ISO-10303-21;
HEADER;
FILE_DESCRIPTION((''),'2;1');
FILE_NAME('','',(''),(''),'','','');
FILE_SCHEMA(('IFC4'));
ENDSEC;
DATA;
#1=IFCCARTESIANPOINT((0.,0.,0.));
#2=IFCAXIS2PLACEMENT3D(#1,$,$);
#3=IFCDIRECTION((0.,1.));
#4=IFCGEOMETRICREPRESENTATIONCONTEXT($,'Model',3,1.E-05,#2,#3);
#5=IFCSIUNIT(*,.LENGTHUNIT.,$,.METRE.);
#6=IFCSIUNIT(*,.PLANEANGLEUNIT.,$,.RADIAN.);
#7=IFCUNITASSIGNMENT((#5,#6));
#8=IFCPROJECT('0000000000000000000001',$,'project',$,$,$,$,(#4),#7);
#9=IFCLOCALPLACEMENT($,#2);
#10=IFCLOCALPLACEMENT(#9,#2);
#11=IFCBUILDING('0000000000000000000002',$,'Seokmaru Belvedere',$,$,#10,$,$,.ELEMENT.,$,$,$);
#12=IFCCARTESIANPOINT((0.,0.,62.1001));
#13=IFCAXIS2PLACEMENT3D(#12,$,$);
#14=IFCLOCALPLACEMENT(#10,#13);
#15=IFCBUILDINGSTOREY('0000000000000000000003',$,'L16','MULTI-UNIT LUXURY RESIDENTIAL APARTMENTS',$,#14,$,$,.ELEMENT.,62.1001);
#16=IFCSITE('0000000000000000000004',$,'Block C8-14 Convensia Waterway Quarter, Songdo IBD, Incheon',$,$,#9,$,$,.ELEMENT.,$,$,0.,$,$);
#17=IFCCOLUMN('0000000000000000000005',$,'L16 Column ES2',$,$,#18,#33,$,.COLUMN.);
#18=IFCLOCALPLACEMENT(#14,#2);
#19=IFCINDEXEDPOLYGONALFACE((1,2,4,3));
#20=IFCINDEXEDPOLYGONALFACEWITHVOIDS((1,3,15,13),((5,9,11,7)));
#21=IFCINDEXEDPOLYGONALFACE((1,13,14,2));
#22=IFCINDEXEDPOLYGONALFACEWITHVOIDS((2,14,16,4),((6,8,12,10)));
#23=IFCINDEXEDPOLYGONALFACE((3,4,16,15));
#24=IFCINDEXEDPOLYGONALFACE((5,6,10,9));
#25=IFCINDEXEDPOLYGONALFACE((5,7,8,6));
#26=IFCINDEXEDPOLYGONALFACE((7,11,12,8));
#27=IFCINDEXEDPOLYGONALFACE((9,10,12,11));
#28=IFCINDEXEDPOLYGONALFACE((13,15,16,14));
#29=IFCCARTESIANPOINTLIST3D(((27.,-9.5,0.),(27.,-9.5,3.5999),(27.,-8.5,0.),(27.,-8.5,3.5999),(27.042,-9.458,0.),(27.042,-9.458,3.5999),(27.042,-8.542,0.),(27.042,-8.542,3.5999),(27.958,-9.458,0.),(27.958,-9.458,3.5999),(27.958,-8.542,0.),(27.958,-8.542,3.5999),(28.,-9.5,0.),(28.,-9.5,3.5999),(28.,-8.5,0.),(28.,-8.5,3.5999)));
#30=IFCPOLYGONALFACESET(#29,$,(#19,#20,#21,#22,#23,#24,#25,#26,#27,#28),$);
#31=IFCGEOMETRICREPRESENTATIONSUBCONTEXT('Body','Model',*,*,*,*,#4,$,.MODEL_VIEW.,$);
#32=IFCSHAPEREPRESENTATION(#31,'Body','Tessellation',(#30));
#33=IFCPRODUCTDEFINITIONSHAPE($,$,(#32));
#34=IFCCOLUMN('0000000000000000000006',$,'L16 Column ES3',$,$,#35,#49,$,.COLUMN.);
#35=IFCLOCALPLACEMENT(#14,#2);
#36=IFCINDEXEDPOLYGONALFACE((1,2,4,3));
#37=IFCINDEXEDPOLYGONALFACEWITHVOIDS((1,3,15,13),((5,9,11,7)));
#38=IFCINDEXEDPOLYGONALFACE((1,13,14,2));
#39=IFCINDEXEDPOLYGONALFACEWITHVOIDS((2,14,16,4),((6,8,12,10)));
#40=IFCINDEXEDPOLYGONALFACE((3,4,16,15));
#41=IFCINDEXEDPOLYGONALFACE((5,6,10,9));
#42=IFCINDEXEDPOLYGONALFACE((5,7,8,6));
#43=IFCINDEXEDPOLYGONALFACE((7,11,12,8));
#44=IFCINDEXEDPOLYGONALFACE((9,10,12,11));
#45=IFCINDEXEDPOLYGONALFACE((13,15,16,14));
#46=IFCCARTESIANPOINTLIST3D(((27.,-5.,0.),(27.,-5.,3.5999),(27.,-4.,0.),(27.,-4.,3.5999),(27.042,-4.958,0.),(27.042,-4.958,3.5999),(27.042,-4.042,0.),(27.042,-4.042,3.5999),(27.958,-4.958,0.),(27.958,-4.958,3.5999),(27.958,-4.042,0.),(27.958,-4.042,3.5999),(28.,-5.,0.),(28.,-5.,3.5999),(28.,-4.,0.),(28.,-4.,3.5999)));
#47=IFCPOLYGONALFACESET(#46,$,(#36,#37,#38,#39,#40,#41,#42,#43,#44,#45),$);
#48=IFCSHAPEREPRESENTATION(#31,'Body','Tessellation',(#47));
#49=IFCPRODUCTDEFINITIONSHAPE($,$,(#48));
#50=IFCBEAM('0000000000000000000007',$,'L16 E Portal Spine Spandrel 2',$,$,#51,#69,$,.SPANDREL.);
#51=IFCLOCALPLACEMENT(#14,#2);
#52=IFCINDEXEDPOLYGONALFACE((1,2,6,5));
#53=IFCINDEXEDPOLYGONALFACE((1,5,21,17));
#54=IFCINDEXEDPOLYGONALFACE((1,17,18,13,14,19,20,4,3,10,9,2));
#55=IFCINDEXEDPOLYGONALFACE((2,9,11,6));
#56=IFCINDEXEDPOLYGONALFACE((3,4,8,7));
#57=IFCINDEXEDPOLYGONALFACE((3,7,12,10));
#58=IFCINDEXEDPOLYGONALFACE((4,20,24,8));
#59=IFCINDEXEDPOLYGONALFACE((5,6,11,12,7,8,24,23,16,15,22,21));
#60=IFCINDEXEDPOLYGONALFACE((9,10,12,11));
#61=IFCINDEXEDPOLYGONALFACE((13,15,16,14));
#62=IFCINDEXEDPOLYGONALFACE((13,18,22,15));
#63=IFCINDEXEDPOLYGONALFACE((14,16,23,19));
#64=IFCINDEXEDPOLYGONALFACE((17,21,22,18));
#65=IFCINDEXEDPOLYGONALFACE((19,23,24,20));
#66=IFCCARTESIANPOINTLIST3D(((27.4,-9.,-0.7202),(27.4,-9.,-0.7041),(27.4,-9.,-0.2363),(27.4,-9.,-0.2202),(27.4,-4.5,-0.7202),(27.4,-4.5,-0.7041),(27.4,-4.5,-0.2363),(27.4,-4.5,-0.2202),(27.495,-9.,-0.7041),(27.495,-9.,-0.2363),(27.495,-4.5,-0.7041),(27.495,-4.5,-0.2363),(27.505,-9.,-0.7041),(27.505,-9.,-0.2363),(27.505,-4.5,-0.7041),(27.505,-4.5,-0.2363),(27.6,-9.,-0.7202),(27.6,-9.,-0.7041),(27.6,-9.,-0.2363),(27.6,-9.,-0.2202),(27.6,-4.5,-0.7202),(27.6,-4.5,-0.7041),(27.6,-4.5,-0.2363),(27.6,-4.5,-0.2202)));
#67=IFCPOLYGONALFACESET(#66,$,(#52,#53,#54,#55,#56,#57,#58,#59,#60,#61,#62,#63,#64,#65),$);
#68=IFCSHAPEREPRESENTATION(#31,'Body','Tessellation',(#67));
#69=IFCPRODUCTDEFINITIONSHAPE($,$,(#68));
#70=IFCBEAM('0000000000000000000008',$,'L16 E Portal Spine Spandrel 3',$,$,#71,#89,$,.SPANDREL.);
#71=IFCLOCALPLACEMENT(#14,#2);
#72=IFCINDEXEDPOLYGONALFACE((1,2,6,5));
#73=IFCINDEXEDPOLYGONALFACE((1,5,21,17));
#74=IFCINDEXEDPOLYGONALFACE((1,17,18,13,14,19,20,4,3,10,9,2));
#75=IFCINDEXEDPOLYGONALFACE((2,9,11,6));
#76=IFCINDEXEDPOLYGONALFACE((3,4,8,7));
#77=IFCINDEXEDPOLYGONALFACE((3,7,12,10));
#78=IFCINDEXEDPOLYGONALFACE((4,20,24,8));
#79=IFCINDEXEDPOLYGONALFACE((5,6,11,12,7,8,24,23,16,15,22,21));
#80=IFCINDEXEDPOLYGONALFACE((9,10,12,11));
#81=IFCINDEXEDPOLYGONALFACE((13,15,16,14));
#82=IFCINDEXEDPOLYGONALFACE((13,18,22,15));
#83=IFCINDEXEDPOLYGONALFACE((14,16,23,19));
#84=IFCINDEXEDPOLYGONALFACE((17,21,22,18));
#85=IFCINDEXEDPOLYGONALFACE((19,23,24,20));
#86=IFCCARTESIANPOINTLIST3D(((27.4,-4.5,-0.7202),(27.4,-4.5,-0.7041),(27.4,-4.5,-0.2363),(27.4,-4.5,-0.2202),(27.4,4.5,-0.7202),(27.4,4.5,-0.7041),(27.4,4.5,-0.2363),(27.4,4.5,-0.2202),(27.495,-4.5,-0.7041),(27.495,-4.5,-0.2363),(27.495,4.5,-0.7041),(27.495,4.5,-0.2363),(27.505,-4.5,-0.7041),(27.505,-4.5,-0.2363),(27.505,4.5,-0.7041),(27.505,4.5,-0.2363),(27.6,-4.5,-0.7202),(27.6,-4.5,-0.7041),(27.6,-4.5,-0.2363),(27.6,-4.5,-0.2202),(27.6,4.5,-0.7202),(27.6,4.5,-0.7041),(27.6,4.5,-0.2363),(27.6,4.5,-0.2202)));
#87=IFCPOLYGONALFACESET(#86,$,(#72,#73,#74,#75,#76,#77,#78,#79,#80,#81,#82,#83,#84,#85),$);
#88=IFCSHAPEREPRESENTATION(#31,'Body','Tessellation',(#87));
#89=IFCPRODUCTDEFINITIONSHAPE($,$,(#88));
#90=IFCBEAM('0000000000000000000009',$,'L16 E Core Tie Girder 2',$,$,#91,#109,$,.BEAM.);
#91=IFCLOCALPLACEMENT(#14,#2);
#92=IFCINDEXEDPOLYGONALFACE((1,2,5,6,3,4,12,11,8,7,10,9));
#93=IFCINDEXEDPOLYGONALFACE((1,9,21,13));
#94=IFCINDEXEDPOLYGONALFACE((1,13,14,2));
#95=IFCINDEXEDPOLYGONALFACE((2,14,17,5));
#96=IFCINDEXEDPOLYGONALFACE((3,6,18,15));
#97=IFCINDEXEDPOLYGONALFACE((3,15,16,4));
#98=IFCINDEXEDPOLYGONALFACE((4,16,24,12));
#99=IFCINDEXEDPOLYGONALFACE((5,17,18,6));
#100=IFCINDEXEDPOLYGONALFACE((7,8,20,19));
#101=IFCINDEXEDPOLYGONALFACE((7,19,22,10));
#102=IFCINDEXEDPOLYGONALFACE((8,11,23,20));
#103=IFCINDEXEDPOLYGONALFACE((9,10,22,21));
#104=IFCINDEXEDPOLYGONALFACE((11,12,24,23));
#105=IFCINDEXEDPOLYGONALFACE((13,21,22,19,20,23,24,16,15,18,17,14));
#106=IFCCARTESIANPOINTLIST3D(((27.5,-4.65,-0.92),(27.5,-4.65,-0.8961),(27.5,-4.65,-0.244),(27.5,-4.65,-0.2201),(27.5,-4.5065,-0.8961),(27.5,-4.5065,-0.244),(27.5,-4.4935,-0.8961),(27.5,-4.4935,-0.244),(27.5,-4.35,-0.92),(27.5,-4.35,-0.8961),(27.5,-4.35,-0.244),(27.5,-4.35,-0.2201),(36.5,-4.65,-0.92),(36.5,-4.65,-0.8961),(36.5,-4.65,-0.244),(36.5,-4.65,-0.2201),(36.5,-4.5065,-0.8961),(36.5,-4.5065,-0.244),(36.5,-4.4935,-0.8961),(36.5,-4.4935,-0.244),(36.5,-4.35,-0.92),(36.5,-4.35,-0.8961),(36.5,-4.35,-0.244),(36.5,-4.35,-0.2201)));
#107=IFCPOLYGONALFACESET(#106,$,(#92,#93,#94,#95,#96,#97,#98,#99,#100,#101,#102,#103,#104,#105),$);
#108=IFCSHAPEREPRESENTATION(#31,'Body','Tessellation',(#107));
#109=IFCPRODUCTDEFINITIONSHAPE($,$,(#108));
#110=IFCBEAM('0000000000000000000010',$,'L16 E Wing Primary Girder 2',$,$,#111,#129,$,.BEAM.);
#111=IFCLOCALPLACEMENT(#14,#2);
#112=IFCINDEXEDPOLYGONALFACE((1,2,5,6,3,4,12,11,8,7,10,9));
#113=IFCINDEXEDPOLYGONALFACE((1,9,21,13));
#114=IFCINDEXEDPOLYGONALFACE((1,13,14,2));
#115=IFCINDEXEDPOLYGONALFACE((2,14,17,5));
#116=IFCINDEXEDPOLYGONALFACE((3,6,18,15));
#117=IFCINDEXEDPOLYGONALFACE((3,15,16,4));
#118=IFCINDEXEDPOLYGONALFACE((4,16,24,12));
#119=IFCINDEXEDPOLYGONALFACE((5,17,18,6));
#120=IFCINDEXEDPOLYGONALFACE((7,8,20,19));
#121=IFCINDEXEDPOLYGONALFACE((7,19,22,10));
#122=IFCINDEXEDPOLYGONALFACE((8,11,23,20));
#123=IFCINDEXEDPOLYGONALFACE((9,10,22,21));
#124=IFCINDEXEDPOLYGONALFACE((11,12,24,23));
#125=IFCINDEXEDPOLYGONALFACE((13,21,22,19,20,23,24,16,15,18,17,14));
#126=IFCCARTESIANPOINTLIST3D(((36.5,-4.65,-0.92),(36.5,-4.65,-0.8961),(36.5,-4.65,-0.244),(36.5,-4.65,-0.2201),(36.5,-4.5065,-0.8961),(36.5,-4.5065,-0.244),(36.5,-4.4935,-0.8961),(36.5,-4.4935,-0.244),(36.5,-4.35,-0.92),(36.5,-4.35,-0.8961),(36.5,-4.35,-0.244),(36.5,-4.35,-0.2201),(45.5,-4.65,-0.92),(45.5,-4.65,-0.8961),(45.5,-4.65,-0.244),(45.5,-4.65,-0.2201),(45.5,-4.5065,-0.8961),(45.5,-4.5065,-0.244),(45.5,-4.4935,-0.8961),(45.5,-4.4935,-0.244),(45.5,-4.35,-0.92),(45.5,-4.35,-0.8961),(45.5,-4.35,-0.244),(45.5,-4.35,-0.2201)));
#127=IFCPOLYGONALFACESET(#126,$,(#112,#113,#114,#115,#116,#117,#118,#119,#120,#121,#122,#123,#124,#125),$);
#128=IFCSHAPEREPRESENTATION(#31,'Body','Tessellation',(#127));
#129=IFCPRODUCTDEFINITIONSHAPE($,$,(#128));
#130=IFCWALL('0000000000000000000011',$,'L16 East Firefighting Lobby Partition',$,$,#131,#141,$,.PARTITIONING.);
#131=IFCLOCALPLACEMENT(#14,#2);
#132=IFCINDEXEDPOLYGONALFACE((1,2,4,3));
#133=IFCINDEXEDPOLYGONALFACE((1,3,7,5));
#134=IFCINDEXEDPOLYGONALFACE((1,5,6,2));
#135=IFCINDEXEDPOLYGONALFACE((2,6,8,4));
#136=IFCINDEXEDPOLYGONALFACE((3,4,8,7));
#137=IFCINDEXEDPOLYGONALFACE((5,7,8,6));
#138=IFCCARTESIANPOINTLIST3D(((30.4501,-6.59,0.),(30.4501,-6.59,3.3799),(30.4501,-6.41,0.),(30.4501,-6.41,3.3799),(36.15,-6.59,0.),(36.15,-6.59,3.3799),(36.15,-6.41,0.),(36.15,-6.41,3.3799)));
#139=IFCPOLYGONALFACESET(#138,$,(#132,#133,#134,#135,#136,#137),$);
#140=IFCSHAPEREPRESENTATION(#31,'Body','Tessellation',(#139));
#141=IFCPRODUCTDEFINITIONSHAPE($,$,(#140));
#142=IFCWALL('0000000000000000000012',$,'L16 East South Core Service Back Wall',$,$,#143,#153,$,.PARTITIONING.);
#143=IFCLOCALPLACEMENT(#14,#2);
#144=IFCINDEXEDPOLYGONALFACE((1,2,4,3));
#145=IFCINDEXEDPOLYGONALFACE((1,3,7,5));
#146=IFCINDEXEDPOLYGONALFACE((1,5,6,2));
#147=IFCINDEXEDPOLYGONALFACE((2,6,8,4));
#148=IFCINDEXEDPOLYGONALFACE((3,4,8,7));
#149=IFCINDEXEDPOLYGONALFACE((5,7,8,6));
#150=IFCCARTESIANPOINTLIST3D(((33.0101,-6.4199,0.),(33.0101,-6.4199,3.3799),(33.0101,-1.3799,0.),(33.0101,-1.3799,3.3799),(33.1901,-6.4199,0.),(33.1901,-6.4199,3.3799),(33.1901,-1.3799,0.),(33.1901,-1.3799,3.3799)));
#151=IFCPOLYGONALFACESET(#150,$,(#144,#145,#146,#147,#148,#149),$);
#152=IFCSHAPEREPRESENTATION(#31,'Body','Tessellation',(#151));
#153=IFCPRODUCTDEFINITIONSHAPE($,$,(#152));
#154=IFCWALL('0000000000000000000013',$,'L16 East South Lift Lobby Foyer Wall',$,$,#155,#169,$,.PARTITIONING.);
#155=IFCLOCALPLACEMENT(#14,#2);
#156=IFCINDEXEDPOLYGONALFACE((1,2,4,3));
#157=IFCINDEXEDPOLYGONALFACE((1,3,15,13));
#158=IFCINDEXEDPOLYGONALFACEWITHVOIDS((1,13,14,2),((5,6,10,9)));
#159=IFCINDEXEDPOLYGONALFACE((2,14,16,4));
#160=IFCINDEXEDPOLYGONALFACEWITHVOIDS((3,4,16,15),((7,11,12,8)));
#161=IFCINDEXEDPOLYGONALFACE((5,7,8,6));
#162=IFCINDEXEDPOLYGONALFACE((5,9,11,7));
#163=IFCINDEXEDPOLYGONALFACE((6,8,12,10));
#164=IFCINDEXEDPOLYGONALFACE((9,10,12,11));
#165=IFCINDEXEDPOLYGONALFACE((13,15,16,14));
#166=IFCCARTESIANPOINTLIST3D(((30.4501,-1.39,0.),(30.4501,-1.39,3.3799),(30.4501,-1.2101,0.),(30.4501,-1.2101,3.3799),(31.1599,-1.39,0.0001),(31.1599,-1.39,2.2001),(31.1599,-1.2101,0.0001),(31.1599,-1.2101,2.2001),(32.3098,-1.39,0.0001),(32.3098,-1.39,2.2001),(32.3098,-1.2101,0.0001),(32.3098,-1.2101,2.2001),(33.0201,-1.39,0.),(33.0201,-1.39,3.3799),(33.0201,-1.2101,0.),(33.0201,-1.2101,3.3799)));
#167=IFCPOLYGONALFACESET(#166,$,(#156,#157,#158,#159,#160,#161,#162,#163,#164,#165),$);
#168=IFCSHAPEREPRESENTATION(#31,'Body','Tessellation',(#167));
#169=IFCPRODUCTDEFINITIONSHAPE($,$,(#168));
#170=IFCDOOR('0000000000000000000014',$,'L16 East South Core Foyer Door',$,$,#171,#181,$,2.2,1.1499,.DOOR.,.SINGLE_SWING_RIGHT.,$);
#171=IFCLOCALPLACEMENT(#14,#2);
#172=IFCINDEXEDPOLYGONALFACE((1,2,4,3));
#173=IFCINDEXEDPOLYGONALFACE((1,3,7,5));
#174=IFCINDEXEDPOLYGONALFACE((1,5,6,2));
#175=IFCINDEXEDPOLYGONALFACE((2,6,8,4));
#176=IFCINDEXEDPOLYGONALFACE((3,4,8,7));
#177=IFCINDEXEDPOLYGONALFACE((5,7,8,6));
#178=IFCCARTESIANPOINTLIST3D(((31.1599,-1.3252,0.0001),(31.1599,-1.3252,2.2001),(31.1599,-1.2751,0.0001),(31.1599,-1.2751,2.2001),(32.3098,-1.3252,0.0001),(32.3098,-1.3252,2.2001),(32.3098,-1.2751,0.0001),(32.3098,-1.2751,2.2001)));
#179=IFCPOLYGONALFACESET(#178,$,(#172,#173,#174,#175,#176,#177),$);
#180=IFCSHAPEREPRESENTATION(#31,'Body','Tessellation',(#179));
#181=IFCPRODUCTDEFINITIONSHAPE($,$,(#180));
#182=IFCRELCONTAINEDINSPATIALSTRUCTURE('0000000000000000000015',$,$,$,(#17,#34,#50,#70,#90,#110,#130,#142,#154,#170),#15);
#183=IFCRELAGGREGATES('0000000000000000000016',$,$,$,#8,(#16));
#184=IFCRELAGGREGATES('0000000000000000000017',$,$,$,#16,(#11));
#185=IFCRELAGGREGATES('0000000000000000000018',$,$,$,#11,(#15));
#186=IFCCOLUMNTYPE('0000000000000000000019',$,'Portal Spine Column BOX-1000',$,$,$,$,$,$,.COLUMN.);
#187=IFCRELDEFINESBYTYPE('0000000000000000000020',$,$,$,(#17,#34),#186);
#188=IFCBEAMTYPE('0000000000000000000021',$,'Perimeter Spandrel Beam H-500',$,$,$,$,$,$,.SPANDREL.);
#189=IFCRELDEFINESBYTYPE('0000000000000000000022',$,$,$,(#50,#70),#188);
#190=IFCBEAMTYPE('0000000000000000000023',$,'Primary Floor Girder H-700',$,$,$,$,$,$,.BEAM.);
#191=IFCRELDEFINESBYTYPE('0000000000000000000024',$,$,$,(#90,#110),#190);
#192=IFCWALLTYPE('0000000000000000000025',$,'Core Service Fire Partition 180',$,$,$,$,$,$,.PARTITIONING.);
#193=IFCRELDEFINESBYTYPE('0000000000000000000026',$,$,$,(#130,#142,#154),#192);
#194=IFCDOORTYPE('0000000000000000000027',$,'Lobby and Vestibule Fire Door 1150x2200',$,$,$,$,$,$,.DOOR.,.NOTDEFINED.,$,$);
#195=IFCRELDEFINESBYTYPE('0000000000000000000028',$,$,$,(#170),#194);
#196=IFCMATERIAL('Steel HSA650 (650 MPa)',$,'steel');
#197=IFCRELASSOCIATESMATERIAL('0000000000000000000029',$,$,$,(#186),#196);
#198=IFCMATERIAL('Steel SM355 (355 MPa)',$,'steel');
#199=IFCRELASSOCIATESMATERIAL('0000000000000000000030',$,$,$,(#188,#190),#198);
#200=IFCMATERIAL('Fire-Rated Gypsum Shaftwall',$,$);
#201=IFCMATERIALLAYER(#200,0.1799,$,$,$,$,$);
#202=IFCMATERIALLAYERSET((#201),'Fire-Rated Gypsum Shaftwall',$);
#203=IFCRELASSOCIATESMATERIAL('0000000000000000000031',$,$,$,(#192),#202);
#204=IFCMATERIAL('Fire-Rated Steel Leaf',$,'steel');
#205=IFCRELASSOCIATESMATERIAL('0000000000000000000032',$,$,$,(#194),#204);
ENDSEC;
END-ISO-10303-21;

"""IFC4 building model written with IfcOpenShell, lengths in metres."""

from ifc_helpers import new_model, si_unit, direction, frame, frame_2d, origin, origin_2d, place, context, subcontext, project, spatial, rectangle, hollow_rectangle, i_section, extrude, source, transform, mapped, material, layer, layer_set, material_profile, profile_set, type_object, type_shapes, element, fill, save


model = new_model("IFC4")

# Units and contexts
model_context = context("Model", 3, precision=1e-05, world=origin(), true_north=direction((0.0, 1.0)))
body_context = subcontext(model_context, "Body", "Model", "MODEL_VIEW")
ifc_project = project(units=[si_unit("LENGTHUNIT", "METRE"), si_unit("PLANEANGLEUNIT", "RADIAN")], contexts=[model_context])

# Site, building, storey
site_placement = place(None, origin())
site = spatial("IfcSite", under=ifc_project, at=site_placement, Name="Block C8-14 Convensia Waterway Quarter, Songdo IBD, Incheon", CompositionType="ELEMENT", RefElevation=0.0)
building_placement = place(site_placement, origin())
building = spatial("IfcBuilding", under=site, at=building_placement, Name="Seokmaru Belvedere", CompositionType="ELEMENT")
storey_placement = place(building_placement, frame((0.0, 0.0, 62.1001)))
storey = spatial("IfcBuildingStorey", under=building, at=storey_placement, Name="L16", Description="MULTI-UNIT LUXURY RESIDENTIAL APARTMENTS", CompositionType="ELEMENT", Elevation=62.1001)

# Columns
ifc_material_1 = material(Name="Steel HSA650 (650 MPa)", Category="steel")
ifc_material_profile_1 = material_profile(ifc_material_1, hollow_rectangle(XDim=1.0, YDim=1.0, WallThickness=0.042, at=origin_2d()), Name="BOX-1000x1000x42")
ifc_profile_set_1 = profile_set([ifc_material_profile_1], Name="Steel HSA650 (650 MPa)")
column_type = type_object("IfcColumnType", Name="Portal Spine Column BOX-1000", PredefinedType="COLUMN", material=ifc_profile_set_1)
shared_shape_1 = source(origin(), body_context, "Body", "SweptSolid", [
    extrude(hollow_rectangle(XDim=1.0, YDim=1.0, WallThickness=0.042, at=origin_2d()), origin(), (0.0, 0.0, 1.0), 3.5999),
])
type_shapes(column_type, [shared_shape_1])
for number, where, z_axis, x_axis, name in (
    (1, (27.5, -9.0, 0.0), (0.0, 0.0, 1.0), (1.0, 0.0, 0.0), "L16 Column ES2"),
    (2, (27.5, -4.5, 0.0), (0.0, 0.0, 1.0), (1.0, 0.0, 0.0), "L16 Column ES3"),
):
    element("IfcColumn", number, at=place(storey_placement, frame(where, z_axis=z_axis, x_axis=x_axis)), inside=storey, type_object=column_type, Name=name, PredefinedType="COLUMN", context=body_context, shape_type="MappedRepresentation", body=[
        mapped(shared_shape_1, transform((0.0, 0.0, 0.0), scale=1.0)),
    ])

# Beams
ifc_material_2 = material(Name="Steel SM355 (355 MPa)", Category="steel")
ifc_material_profile_2 = material_profile(ifc_material_2, i_section(OverallWidth=0.2, OverallDepth=0.5, WebThickness=0.01, FlangeThickness=0.0161, at=origin_2d()), Name="H-500x200x10x16")
ifc_profile_set_2 = profile_set([ifc_material_profile_2], Name="Steel SM355 (355 MPa)")
beam_type_1 = type_object("IfcBeamType", Name="Perimeter Spandrel Beam H-500", PredefinedType="SPANDREL", material=ifc_profile_set_2)
shared_shape_2 = source(origin(), body_context, "Body", "SweptSolid", [
    extrude(i_section(OverallWidth=0.2, OverallDepth=0.5, WebThickness=0.01, FlangeThickness=0.0161, at=origin_2d()), origin(), (0.0, 0.0, 1.0), 4.5),
])
beam_1_placement = place(storey_placement, frame((27.5, -9.0, -0.4702), z_axis=(0.0, 1.0, 0.0), x_axis=(-1.0, 0.0, 0.0)))
element("IfcBeam", 3, at=beam_1_placement, inside=storey, type_object=beam_type_1, Name="L16 E Portal Spine Spandrel 2", PredefinedType="SPANDREL", context=body_context, shape_type="MappedRepresentation", body=[
    mapped(shared_shape_2, transform((0.0, 0.0, 0.0), scale=1.0)),
])
shared_shape_3 = source(origin(), body_context, "Body", "SweptSolid", [
    extrude(i_section(OverallWidth=0.2, OverallDepth=0.5, WebThickness=0.01, FlangeThickness=0.0161, at=origin_2d()), origin(), (0.0, 0.0, 1.0), 9.0),
])
type_shapes(beam_type_1, [shared_shape_2, shared_shape_3])
beam_2_placement = place(storey_placement, frame((27.5, -4.5, -0.4702), z_axis=(0.0, 1.0, 0.0), x_axis=(-1.0, 0.0, 0.0)))
element("IfcBeam", 4, at=beam_2_placement, inside=storey, type_object=beam_type_1, Name="L16 E Portal Spine Spandrel 3", PredefinedType="SPANDREL", context=body_context, shape_type="MappedRepresentation", body=[
    mapped(shared_shape_3, transform((0.0, 0.0, 0.0), scale=1.0)),
])
ifc_material_profile_3 = material_profile(ifc_material_2, i_section(OverallWidth=0.3, OverallDepth=0.7, WebThickness=0.0129, FlangeThickness=0.0239, at=origin_2d()), Name="H-700x300x13x24")
ifc_profile_set_3 = profile_set([ifc_material_profile_3], Name="Steel SM355 (355 MPa)")
beam_type_2 = type_object("IfcBeamType", Name="Primary Floor Girder H-700", PredefinedType="BEAM", material=ifc_profile_set_3)
shared_shape_4 = source(origin(), body_context, "Body", "SweptSolid", [
    extrude(i_section(OverallWidth=0.3, OverallDepth=0.7, WebThickness=0.0129, FlangeThickness=0.0239, at=origin_2d()), origin(), (0.0, 0.0, 1.0), 9.0),
])
type_shapes(beam_type_2, [shared_shape_4])
for number, where, z_axis, x_axis, name in (
    (5, (27.5, -4.5, -0.5701), (1.0, 0.0, 0.0), (0.0, 1.0, 0.0), "L16 E Core Tie Girder 2"),
    (6, (36.5, -4.5, -0.5701), (1.0, 0.0, 0.0), (0.0, 1.0, 0.0), "L16 E Wing Primary Girder 2"),
):
    element("IfcBeam", number, at=place(storey_placement, frame(where, z_axis=z_axis, x_axis=x_axis)), inside=storey, type_object=beam_type_2, Name=name, PredefinedType="BEAM", context=body_context, shape_type="MappedRepresentation", body=[
        mapped(shared_shape_4, transform((0.0, 0.0, 0.0), scale=1.0)),
    ])

# Walls
ifc_material_3 = material(Name="Fire-Rated Gypsum Shaftwall")
ifc_layer_1 = layer(ifc_material_3, 0.1799)
ifc_layer_set_1 = layer_set([ifc_layer_1], Name="Fire-Rated Gypsum Shaftwall")
wall_type_1 = type_object("IfcWallType", Name="Core Service Fire Partition 180", PredefinedType="PARTITIONING", material=ifc_layer_set_1)
wall_1_placement = place(storey_placement, frame((30.45, -6.5, 0.0), z_axis=(0.0, 0.0, 1.0), x_axis=(1.0, 0.0, 0.0)))
element("IfcWall", 7, at=wall_1_placement, inside=storey, type_object=wall_type_1, Name="L16 East Firefighting Lobby Partition", PredefinedType="PARTITIONING", context=body_context, shape_type="SweptSolid", body=[
    extrude(rectangle(XDim=5.7, YDim=0.1799, at=frame_2d((2.8501, 0.0))), origin(), (0.0, 0.0, 1.0), 3.3799),
])
wall_2_placement = place(storey_placement, frame((33.1001, -6.4199, 0.0), z_axis=(0.0, 0.0, 1.0), x_axis=(0.0, 1.0, 0.0)))
element("IfcWall", 8, at=wall_2_placement, inside=storey, type_object=wall_type_1, Name="L16 East South Core Service Back Wall", PredefinedType="PARTITIONING", context=body_context, shape_type="SweptSolid", body=[
    extrude(rectangle(XDim=5.04, YDim=0.1799, at=frame_2d((2.52, 0.0))), origin(), (0.0, 0.0, 1.0), 3.3799),
])

# Wall, opening, door
wall_3_placement = place(storey_placement, frame((30.45, -1.3, 0.0), z_axis=(0.0, 0.0, 1.0), x_axis=(1.0, 0.0, 0.0)))
wall_3 = element("IfcWall", 9, at=wall_3_placement, inside=storey, type_object=wall_type_1, Name="L16 East South Lift Lobby Foyer Wall", PredefinedType="PARTITIONING", context=body_context, shape_type="SweptSolid", body=[
    extrude(rectangle(XDim=2.5701, YDim=0.1799, at=frame_2d((1.2852, 0.0))), origin(), (0.0, 0.0, 1.0), 3.3799),
])
opening_1_placement = place(wall_3_placement, frame((0.71, 0.0, 0.0)))
opening_1 = element("IfcOpeningElement", 10, at=opening_1_placement, cuts=wall_3, PredefinedType="OPENING", context=body_context, shape_type="SweptSolid", body=[
    extrude(rectangle(XDim=1.1499, YDim=2.2, at=frame_2d((0.575, 1.1001))), frame((0.0, 0.1001, 0.0), z_axis=(0.0, -1.0, 0.0), x_axis=(1.0, 0.0, 0.0)), (0.0, 0.0, 1.0), 0.2),
])
ifc_material_4 = material(Name="Fire-Rated Steel Leaf", Category="steel")
door_type_1 = type_object("IfcDoorType", Name="Lobby and Vestibule Fire Door 1150x2200", OperationType="NOTDEFINED", PredefinedType="DOOR", material=ifc_material_4)
shared_shape_5 = source(origin(), body_context, "Body", "SweptSolid", [
    extrude(rectangle(XDim=1.1499, YDim=2.2, at=frame_2d((0.575, 1.1001))), frame((0.0, 0.0249, 0.0), z_axis=(0.0, -1.0, 0.0), x_axis=(1.0, 0.0, 0.0)), (0.0, 0.0, 1.0), 0.05),
])
type_shapes(door_type_1, [shared_shape_5])
door_1_placement = place(opening_1_placement, origin())
door_1 = element("IfcDoor", 11, at=door_1_placement, inside=storey, type_object=door_type_1, Name="L16 East South Core Foyer Door", OperationType="SINGLE_SWING_RIGHT", OverallHeight=2.2, OverallWidth=1.1499, PredefinedType="DOOR", context=body_context, shape_type="MappedRepresentation", body=[
    mapped(shared_shape_5, transform((0.0, 0.0, 0.0), scale=1.0)),
])
fill(opening_1, door_1)

save(model, "model.ifc")
